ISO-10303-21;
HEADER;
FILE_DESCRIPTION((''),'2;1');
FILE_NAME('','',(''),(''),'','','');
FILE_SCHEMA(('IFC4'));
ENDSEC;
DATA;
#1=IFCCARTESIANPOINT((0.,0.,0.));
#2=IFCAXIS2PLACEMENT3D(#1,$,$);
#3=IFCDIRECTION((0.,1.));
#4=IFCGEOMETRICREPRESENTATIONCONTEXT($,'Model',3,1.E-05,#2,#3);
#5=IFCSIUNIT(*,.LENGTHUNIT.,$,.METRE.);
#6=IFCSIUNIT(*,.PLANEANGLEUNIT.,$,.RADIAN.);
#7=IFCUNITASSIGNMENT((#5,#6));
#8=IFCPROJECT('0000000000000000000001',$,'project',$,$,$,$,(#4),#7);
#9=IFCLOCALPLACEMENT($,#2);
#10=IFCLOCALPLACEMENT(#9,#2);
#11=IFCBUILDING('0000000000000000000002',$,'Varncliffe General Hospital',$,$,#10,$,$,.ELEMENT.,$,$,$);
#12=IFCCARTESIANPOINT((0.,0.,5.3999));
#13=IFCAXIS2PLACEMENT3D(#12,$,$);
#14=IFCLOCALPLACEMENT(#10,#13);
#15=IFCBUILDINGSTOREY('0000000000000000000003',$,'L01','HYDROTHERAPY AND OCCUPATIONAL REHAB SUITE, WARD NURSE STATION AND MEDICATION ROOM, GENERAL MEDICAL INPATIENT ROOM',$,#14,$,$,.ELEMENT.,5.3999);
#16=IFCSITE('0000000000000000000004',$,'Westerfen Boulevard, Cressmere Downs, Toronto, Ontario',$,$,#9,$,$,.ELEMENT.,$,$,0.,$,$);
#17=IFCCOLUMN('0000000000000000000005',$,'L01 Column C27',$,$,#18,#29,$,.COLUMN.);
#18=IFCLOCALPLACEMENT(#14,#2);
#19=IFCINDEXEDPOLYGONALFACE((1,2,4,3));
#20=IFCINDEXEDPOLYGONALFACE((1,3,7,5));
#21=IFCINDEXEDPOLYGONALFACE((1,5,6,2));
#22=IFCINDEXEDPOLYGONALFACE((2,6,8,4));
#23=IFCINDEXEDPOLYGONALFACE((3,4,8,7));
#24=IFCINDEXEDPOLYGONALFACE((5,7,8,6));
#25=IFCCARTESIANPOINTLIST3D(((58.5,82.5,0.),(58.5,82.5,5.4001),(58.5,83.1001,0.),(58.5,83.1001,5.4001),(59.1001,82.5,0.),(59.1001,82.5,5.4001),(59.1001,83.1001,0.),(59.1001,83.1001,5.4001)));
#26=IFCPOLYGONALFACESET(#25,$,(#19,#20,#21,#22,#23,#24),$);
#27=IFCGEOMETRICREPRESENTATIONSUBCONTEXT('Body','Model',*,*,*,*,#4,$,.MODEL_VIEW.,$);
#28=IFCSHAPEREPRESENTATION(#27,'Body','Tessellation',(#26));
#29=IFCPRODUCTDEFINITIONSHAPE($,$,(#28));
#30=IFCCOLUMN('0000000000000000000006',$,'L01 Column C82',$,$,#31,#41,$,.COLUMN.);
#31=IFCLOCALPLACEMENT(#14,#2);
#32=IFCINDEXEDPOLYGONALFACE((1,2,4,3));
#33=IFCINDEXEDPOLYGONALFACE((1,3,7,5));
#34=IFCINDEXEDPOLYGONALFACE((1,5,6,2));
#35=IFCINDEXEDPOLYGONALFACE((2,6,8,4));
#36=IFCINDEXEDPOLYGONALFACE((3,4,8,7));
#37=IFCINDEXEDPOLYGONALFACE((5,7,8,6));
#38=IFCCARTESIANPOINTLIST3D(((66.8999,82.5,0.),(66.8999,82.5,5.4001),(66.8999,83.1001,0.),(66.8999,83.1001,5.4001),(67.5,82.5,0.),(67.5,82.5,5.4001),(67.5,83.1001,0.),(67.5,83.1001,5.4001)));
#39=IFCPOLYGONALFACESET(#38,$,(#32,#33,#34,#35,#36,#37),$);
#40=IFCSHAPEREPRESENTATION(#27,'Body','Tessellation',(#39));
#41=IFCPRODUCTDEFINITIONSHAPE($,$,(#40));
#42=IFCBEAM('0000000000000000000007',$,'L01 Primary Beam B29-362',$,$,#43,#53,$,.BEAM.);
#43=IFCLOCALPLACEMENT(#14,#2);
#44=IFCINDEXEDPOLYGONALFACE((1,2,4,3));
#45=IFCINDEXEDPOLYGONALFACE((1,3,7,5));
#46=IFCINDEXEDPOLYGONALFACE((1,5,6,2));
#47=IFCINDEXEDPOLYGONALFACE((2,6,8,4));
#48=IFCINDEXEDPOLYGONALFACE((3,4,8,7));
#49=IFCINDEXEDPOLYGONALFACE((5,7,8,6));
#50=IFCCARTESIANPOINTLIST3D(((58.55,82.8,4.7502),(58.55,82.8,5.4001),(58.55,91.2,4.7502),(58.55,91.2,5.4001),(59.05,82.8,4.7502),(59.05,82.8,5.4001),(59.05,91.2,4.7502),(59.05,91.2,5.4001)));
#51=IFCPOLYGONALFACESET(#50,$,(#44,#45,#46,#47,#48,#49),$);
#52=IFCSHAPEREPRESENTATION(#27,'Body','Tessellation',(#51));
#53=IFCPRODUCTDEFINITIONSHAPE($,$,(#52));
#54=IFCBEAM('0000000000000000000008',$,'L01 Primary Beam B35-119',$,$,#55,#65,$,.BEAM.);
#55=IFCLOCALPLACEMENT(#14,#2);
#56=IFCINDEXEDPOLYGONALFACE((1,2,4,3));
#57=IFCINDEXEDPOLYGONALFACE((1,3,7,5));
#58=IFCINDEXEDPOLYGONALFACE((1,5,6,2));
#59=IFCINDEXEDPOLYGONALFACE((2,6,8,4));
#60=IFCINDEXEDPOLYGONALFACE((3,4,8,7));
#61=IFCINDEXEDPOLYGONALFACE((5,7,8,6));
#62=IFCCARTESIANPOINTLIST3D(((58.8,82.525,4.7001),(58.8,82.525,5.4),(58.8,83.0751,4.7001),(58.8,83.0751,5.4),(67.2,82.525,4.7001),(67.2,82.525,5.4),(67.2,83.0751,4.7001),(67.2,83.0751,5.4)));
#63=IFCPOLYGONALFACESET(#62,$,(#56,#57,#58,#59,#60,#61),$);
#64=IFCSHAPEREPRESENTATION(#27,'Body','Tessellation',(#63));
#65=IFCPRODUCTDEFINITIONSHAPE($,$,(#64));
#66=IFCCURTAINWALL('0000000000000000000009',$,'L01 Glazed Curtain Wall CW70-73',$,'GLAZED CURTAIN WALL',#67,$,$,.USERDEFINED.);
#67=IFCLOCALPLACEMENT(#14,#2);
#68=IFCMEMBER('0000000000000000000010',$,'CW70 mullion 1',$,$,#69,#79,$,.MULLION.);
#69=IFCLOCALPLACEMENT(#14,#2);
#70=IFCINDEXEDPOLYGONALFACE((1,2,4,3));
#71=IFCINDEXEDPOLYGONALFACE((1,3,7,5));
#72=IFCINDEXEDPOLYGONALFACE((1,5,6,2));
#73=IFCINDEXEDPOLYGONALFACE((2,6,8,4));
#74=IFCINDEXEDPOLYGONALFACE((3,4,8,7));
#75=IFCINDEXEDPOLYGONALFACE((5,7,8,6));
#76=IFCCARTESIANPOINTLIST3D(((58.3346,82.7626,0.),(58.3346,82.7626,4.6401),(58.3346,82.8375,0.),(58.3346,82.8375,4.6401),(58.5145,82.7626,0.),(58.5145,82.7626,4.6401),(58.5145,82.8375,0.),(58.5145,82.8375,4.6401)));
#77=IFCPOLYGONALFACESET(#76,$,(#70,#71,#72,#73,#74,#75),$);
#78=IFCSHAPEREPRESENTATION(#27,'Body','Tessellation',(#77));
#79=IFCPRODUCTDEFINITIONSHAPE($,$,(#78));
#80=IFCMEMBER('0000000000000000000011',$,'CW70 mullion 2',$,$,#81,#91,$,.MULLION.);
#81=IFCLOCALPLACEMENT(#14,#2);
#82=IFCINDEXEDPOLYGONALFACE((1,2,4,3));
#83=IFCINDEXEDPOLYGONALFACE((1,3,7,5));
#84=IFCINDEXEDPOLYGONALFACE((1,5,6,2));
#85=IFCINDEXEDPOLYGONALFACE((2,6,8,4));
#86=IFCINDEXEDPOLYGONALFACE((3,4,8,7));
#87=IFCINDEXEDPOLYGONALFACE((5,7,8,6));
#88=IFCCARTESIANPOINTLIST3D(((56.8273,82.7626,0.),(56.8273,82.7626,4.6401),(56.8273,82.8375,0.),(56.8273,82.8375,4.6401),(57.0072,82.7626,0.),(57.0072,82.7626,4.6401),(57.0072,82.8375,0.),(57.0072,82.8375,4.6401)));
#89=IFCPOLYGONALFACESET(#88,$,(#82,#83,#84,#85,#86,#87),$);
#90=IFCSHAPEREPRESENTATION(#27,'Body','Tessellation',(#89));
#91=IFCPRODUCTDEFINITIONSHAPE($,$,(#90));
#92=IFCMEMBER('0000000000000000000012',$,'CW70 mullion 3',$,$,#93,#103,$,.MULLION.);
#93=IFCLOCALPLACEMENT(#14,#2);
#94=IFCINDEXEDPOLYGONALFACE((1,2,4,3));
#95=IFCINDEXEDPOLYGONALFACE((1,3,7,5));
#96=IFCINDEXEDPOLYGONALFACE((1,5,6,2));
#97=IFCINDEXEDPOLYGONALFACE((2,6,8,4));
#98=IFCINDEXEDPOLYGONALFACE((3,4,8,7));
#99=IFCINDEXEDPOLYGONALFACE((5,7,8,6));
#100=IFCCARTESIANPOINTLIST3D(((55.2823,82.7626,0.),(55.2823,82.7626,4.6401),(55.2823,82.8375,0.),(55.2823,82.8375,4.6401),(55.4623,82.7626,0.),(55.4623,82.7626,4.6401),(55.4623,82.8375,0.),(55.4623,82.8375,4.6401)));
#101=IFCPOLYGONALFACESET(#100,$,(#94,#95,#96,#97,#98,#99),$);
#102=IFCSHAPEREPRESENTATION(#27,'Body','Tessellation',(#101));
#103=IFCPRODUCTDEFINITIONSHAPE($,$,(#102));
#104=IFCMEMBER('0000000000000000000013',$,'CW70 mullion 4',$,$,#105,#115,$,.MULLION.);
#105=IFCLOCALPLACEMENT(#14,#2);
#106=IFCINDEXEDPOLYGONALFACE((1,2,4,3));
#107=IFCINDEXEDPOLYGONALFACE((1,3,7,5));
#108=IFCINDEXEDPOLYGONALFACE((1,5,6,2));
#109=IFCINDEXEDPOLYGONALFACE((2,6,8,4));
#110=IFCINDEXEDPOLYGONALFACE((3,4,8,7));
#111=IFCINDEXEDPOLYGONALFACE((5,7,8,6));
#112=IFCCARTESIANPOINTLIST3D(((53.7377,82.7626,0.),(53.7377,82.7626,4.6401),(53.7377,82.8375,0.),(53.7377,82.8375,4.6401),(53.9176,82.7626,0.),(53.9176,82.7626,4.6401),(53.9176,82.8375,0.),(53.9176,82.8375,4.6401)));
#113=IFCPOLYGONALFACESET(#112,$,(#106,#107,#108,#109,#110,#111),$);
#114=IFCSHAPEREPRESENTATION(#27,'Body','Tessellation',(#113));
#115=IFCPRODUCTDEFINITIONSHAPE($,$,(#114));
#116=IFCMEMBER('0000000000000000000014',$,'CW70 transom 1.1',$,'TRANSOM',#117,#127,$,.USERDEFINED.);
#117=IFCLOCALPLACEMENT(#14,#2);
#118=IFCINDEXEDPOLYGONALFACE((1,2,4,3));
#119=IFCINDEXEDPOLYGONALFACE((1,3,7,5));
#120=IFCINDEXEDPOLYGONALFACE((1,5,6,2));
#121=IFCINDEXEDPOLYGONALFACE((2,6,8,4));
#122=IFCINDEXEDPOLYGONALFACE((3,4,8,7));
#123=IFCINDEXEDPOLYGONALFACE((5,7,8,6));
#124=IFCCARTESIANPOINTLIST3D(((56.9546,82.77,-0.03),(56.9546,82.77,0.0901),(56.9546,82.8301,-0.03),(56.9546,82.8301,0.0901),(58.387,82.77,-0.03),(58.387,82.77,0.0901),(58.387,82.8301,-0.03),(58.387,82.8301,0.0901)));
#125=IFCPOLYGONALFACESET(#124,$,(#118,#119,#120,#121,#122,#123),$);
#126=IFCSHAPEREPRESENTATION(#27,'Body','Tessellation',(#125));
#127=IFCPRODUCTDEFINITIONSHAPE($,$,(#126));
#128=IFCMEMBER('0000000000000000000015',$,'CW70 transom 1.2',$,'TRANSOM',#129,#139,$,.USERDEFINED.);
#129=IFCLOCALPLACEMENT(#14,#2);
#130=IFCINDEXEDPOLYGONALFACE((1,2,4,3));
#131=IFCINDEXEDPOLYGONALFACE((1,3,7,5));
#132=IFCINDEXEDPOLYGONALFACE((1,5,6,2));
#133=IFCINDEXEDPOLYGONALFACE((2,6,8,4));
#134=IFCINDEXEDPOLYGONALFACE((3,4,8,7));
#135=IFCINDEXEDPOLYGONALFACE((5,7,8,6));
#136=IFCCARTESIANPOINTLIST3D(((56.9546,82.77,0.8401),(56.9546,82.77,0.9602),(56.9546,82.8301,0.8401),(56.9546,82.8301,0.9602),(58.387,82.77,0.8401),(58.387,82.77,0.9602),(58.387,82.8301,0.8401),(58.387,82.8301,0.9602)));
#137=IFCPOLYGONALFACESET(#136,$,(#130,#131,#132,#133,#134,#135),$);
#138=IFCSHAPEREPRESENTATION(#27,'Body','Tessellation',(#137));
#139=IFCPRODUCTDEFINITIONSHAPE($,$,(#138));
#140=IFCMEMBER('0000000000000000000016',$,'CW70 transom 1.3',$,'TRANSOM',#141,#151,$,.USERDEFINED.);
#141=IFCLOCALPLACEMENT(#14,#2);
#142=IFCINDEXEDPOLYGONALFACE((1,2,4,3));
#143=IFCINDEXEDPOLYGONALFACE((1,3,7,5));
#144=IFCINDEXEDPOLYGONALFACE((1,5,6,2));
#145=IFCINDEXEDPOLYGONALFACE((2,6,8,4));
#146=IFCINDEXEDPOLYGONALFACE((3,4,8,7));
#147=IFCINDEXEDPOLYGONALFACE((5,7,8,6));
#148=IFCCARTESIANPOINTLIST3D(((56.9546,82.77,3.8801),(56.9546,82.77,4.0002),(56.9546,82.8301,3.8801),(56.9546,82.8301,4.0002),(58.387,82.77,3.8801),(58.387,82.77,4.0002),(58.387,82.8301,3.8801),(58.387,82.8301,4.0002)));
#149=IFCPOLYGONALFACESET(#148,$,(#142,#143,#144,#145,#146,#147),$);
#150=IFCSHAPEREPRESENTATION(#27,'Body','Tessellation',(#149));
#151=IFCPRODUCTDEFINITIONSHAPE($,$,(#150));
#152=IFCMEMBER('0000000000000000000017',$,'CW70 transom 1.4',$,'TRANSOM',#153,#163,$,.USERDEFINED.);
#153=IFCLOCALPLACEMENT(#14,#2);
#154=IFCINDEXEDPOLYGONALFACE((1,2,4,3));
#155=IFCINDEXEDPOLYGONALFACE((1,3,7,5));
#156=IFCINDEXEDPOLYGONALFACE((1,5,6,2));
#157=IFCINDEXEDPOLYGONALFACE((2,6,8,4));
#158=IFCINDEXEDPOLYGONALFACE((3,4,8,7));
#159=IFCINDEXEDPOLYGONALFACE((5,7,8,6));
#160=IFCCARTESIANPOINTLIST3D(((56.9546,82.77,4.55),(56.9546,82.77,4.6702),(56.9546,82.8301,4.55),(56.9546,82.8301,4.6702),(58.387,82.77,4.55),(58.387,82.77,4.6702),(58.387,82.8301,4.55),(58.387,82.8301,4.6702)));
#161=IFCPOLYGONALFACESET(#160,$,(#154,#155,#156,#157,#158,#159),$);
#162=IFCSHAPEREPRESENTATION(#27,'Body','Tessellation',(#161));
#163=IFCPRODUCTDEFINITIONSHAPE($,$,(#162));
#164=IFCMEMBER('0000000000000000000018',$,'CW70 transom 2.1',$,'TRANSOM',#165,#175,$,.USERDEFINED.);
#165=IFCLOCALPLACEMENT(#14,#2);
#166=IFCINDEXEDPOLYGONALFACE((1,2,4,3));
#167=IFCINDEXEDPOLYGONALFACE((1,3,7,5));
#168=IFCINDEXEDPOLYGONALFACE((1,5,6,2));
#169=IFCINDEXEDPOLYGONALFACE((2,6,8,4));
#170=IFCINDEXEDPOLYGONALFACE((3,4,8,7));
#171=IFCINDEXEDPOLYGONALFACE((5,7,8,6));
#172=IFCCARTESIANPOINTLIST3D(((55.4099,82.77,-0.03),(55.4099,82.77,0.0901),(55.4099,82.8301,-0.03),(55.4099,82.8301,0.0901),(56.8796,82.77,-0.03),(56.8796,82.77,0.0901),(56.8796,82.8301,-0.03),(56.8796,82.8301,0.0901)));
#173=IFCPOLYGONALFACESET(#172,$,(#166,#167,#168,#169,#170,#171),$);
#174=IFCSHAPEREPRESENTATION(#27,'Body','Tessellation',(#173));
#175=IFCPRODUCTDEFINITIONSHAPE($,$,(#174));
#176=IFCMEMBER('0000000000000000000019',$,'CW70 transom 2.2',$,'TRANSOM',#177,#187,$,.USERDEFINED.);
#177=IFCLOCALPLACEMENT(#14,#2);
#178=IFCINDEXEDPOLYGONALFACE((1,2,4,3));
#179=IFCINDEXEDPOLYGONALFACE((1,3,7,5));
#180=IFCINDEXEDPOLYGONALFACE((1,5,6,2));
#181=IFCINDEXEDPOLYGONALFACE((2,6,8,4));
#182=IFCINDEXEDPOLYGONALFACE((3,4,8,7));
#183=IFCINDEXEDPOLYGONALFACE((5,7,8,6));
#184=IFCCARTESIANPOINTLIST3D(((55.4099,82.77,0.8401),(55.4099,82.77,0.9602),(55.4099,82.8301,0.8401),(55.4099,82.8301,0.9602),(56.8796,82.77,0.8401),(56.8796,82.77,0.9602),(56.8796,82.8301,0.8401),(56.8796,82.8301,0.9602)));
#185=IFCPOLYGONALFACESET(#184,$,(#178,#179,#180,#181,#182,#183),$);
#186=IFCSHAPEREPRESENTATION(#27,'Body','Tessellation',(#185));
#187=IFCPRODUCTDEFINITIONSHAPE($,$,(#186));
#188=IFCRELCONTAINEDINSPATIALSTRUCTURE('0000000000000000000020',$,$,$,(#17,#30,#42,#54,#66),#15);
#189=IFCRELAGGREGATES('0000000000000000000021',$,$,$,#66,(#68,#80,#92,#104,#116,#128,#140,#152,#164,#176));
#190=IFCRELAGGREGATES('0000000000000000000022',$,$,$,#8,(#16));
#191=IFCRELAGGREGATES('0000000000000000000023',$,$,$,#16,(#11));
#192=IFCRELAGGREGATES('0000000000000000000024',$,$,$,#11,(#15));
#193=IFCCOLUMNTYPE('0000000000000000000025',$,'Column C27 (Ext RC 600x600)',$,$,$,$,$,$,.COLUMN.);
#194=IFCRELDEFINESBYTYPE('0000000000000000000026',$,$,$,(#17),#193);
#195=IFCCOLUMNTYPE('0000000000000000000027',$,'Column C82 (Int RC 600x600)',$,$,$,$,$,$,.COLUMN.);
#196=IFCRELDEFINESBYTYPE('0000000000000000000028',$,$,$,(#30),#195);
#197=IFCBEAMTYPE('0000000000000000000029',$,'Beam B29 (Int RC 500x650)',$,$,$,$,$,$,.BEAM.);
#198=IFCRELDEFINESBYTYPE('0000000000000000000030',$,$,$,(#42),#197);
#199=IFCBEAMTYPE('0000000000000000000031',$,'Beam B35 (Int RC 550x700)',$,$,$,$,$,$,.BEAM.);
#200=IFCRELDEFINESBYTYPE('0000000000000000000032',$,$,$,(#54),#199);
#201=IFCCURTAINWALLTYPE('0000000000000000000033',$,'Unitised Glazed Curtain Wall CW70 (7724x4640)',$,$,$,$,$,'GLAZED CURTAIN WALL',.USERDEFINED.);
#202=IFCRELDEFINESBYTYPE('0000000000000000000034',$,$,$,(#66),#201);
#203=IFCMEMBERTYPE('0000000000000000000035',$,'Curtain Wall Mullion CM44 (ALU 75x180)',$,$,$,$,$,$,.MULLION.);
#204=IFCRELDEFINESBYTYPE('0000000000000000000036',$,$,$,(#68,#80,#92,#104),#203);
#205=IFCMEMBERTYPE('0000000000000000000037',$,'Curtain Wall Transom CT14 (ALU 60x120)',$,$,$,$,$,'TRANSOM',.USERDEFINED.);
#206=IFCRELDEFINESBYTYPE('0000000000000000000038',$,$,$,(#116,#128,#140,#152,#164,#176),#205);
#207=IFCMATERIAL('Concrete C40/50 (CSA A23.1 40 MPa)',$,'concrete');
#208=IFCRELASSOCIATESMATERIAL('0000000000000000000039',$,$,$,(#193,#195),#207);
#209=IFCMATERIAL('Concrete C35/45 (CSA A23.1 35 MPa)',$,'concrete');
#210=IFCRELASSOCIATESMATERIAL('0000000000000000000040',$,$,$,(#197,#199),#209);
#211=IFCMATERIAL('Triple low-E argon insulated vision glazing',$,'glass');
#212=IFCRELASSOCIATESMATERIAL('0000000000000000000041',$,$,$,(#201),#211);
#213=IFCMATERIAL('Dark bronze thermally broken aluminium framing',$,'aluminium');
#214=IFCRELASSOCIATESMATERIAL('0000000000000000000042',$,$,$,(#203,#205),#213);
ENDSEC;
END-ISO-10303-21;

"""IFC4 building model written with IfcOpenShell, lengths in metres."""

from ifc_helpers import new_model, si_unit, direction, frame, origin, origin_2d, place, context, subcontext, project, spatial, rectangle, extrude, material, material_profile, profile_set, type_object, element, aggregate, save


model = new_model("IFC4")

# Units and contexts
model_context = context("Model", 3, precision=1e-05, world=origin(), true_north=direction((0.0, 1.0)))
body_context = subcontext(model_context, "Body", "Model", "MODEL_VIEW")
ifc_project = project(units=[si_unit("LENGTHUNIT", "METRE"), si_unit("PLANEANGLEUNIT", "RADIAN")], contexts=[model_context])

# Site, building, storey
site_placement = place(None, origin())
site = spatial("IfcSite", under=ifc_project, at=site_placement, Name="Westerfen Boulevard, Cressmere Downs, Toronto, Ontario", CompositionType="ELEMENT", RefElevation=0.0)
building_placement = place(site_placement, origin())
building = spatial("IfcBuilding", under=site, at=building_placement, Name="Varncliffe General Hospital", CompositionType="ELEMENT")
storey_placement = place(building_placement, frame((0.0, 0.0, 5.3999)))
storey = spatial("IfcBuildingStorey", under=building, at=storey_placement, Name="L01", Description="HYDROTHERAPY AND OCCUPATIONAL REHAB SUITE, WARD NURSE STATION AND MEDICATION ROOM, GENERAL MEDICAL INPATIENT ROOM", CompositionType="ELEMENT", Elevation=5.3999)

# Columns
ifc_material_1 = material(Name="Concrete C40/50 (CSA A23.1 40 MPa)", Category="concrete")
ifc_material_profile_1 = material_profile(ifc_material_1, rectangle(XDim=0.6001, YDim=0.6001, at=origin_2d()), Name="RC 600x600")
ifc_profile_set_1 = profile_set([ifc_material_profile_1], Name="Concrete C40/50 (CSA A23.1 40 MPa)")
column_type_1 = type_object("IfcColumnType", Name="Column C27 (Ext RC 600x600)", PredefinedType="COLUMN", material=ifc_profile_set_1)
column_1_placement = place(storey_placement, frame((58.8, 82.8, 0.0), z_axis=(0.0, 0.0, 1.0), x_axis=(1.0, 0.0, 0.0)))
element("IfcColumn", 1, at=column_1_placement, inside=storey, type_object=column_type_1, Name="L01 Column C27", PredefinedType="COLUMN", context=body_context, shape_type="SweptSolid", body=[
    extrude(rectangle(XDim=0.6001, YDim=0.6001, at=origin_2d()), origin(), (0.0, 0.0, 1.0), 5.4001),
])
ifc_material_profile_2 = material_profile(ifc_material_1, rectangle(XDim=0.6001, YDim=0.6001, at=origin_2d()), Name="RC 600x600")
ifc_profile_set_2 = profile_set([ifc_material_profile_2], Name="Concrete C40/50 (CSA A23.1 40 MPa)")
column_type_2 = type_object("IfcColumnType", Name="Column C82 (Int RC 600x600)", PredefinedType="COLUMN", material=ifc_profile_set_2)
column_2_placement = place(storey_placement, frame((67.2, 82.8, 0.0), z_axis=(0.0, 0.0, 1.0), x_axis=(1.0, 0.0, 0.0)))
element("IfcColumn", 2, at=column_2_placement, inside=storey, type_object=column_type_2, Name="L01 Column C82", PredefinedType="COLUMN", context=body_context, shape_type="SweptSolid", body=[
    extrude(rectangle(XDim=0.6001, YDim=0.6001, at=origin_2d()), origin(), (0.0, 0.0, 1.0), 5.4001),
])

# Beams
ifc_material_2 = material(Name="Concrete C35/45 (CSA A23.1 35 MPa)", Category="concrete")
ifc_material_profile_3 = material_profile(ifc_material_2, rectangle(XDim=0.5, YDim=0.6499, at=origin_2d()), Name="RC 500x650")
ifc_profile_set_3 = profile_set([ifc_material_profile_3], Name="Concrete C35/45 (CSA A23.1 35 MPa)")
beam_type_1 = type_object("IfcBeamType", Name="Beam B29 (Int RC 500x650)", PredefinedType="BEAM", material=ifc_profile_set_3)
beam_1_placement = place(storey_placement, frame((58.8, 82.8, 5.0752), z_axis=(0.0, 1.0, 0.0), x_axis=(-1.0, 0.0, 0.0)))
element("IfcBeam", 3, at=beam_1_placement, inside=storey, type_object=beam_type_1, Name="L01 Primary Beam B29-362", PredefinedType="BEAM", context=body_context, shape_type="SweptSolid", body=[
    extrude(rectangle(XDim=0.5, YDim=0.6499, at=origin_2d()), origin(), (0.0, 0.0, 1.0), 8.3999),
])
ifc_material_profile_4 = material_profile(ifc_material_2, rectangle(XDim=0.55, YDim=0.7, at=origin_2d()), Name="RC 550x700")
ifc_profile_set_4 = profile_set([ifc_material_profile_4], Name="Concrete C35/45 (CSA A23.1 35 MPa)")
beam_type_2 = type_object("IfcBeamType", Name="Beam B35 (Int RC 550x700)", PredefinedType="BEAM", material=ifc_profile_set_4)
beam_2_placement = place(storey_placement, frame((58.8, 82.8, 5.05), z_axis=(1.0, 0.0, 0.0), x_axis=(0.0, 1.0, 0.0)))
element("IfcBeam", 4, at=beam_2_placement, inside=storey, type_object=beam_type_2, Name="L01 Primary Beam B35-119", PredefinedType="BEAM", context=body_context, shape_type="SweptSolid", body=[
    extrude(rectangle(XDim=0.55, YDim=0.7, at=origin_2d()), origin(), (0.0, 0.0, 1.0), 8.3999),
])

# Curtain wall, members
ifc_material_3 = material(Name="Triple low-E argon insulated vision glazing", Category="glass")
curtain_wall_type = type_object("IfcCurtainWallType", Name="Unitised Glazed Curtain Wall CW70 (7724x4640)", ElementType="GLAZED CURTAIN WALL", PredefinedType="USERDEFINED", material=ifc_material_3)
curtain_wall_placement = place(storey_placement, origin())
curtain_wall = element("IfcCurtainWall", 5, at=curtain_wall_placement, inside=storey, type_object=curtain_wall_type, Name="L01 Glazed Curtain Wall CW70-73", ObjectType="GLAZED CURTAIN WALL", PredefinedType="USERDEFINED")
ifc_material_4 = material(Name="Dark bronze thermally broken aluminium framing", Category="aluminium")
ifc_material_profile_5 = material_profile(ifc_material_4, rectangle(XDim=0.075, YDim=0.1799, at=origin_2d()), Name="ALU 75x180")
ifc_profile_set_5 = profile_set([ifc_material_profile_5], Name="Dark bronze thermally broken aluminium framing")
member_type_1 = type_object("IfcMemberType", Name="Curtain Wall Mullion CM44 (ALU 75x180)", PredefinedType="MULLION", material=ifc_profile_set_5)
member_1_placement = place(storey_placement, frame((58.4246, 82.8, 0.0), z_axis=(0.0, 0.0, 1.0), x_axis=(0.0, -1.0, 0.0)))
member_1 = element("IfcMember", 6, at=member_1_placement, type_object=member_type_1, Name="CW70 mullion 1", PredefinedType="MULLION", context=body_context, shape_type="SweptSolid", body=[
    extrude(rectangle(XDim=0.075, YDim=0.1799, at=origin_2d()), origin(), (0.0, 0.0, 1.0), 4.6401),
])
member_2_placement = place(storey_placement, frame((56.9172, 82.8, 0.0), z_axis=(0.0, 0.0, 1.0), x_axis=(0.0, -1.0, 0.0)))
member_2 = element("IfcMember", 7, at=member_2_placement, type_object=member_type_1, Name="CW70 mullion 2", PredefinedType="MULLION", context=body_context, shape_type="SweptSolid", body=[
    extrude(rectangle(XDim=0.075, YDim=0.1799, at=origin_2d()), origin(), (0.0, 0.0, 1.0), 4.6401),
])
member_3_placement = place(storey_placement, frame((55.3723, 82.8, 0.0), z_axis=(0.0, 0.0, 1.0), x_axis=(0.0, -1.0, 0.0)))
member_3 = element("IfcMember", 8, at=member_3_placement, type_object=member_type_1, Name="CW70 mullion 3", PredefinedType="MULLION", context=body_context, shape_type="SweptSolid", body=[
    extrude(rectangle(XDim=0.075, YDim=0.1799, at=origin_2d()), origin(), (0.0, 0.0, 1.0), 4.6401),
])
member_4_placement = place(storey_placement, frame((53.8276, 82.8, 0.0), z_axis=(0.0, 0.0, 1.0), x_axis=(0.0, -1.0, 0.0)))
member_4 = element("IfcMember", 9, at=member_4_placement, type_object=member_type_1, Name="CW70 mullion 4", PredefinedType="MULLION", context=body_context, shape_type="SweptSolid", body=[
    extrude(rectangle(XDim=0.075, YDim=0.1799, at=origin_2d()), origin(), (0.0, 0.0, 1.0), 4.6401),
])
ifc_material_profile_6 = material_profile(ifc_material_4, rectangle(XDim=0.0601, YDim=0.1201, at=origin_2d()), Name="ALU 60x120")
ifc_profile_set_6 = profile_set([ifc_material_profile_6], Name="Dark bronze thermally broken aluminium framing")
member_type_2 = type_object("IfcMemberType", Name="Curtain Wall Transom CT14 (ALU 60x120)", ElementType="TRANSOM", PredefinedType="USERDEFINED", material=ifc_profile_set_6)
member_5_placement = place(storey_placement, frame((58.387, 82.8, 0.03), z_axis=(-1.0, 0.0, 0.0), x_axis=(0.0, -1.0, 0.0)))
member_5 = element("IfcMember", 10, at=member_5_placement, type_object=member_type_2, Name="CW70 transom 1.1", ObjectType="TRANSOM", PredefinedType="USERDEFINED", context=body_context, shape_type="SweptSolid", body=[
    extrude(rectangle(XDim=0.0601, YDim=0.1201, at=origin_2d()), origin(), (0.0, 0.0, 1.0), 1.4324),
])
member_6_placement = place(storey_placement, frame((58.387, 82.8, 0.9001), z_axis=(-1.0, 0.0, 0.0), x_axis=(0.0, -1.0, 0.0)))
member_6 = element("IfcMember", 11, at=member_6_placement, type_object=member_type_2, Name="CW70 transom 1.2", ObjectType="TRANSOM", PredefinedType="USERDEFINED", context=body_context, shape_type="SweptSolid", body=[
    extrude(rectangle(XDim=0.0601, YDim=0.1201, at=origin_2d()), origin(), (0.0, 0.0, 1.0), 1.4324),
])
member_7_placement = place(storey_placement, frame((58.387, 82.8, 3.9402), z_axis=(-1.0, 0.0, 0.0), x_axis=(0.0, -1.0, 0.0)))
member_7 = element("IfcMember", 12, at=member_7_placement, type_object=member_type_2, Name="CW70 transom 1.3", ObjectType="TRANSOM", PredefinedType="USERDEFINED", context=body_context, shape_type="SweptSolid", body=[
    extrude(rectangle(XDim=0.0601, YDim=0.1201, at=origin_2d()), origin(), (0.0, 0.0, 1.0), 1.4324),
])
member_8_placement = place(storey_placement, frame((58.387, 82.8, 4.6101), z_axis=(-1.0, 0.0, 0.0), x_axis=(0.0, -1.0, 0.0)))
member_8 = element("IfcMember", 13, at=member_8_placement, type_object=member_type_2, Name="CW70 transom 1.4", ObjectType="TRANSOM", PredefinedType="USERDEFINED", context=body_context, shape_type="SweptSolid", body=[
    extrude(rectangle(XDim=0.0601, YDim=0.1201, at=origin_2d()), origin(), (0.0, 0.0, 1.0), 1.4324),
])
member_9_placement = place(storey_placement, frame((56.8796, 82.8, 0.03), z_axis=(-1.0, 0.0, 0.0), x_axis=(0.0, -1.0, 0.0)))
member_9 = element("IfcMember", 14, at=member_9_placement, type_object=member_type_2, Name="CW70 transom 2.1", ObjectType="TRANSOM", PredefinedType="USERDEFINED", context=body_context, shape_type="SweptSolid", body=[
    extrude(rectangle(XDim=0.0601, YDim=0.1201, at=origin_2d()), origin(), (0.0, 0.0, 1.0), 1.4697),
])
member_10_placement = place(storey_placement, frame((56.8796, 82.8, 0.9001), z_axis=(-1.0, 0.0, 0.0), x_axis=(0.0, -1.0, 0.0)))
member_10 = element("IfcMember", 15, at=member_10_placement, type_object=member_type_2, Name="CW70 transom 2.2", ObjectType="TRANSOM", PredefinedType="USERDEFINED", context=body_context, shape_type="SweptSolid", body=[
    extrude(rectangle(XDim=0.0601, YDim=0.1201, at=origin_2d()), origin(), (0.0, 0.0, 1.0), 1.4697),
])
aggregate(curtain_wall, [member_1, member_2, member_3, member_4, member_5, member_6, member_7, member_8, member_9, member_10])

save(model, "model.ifc")
